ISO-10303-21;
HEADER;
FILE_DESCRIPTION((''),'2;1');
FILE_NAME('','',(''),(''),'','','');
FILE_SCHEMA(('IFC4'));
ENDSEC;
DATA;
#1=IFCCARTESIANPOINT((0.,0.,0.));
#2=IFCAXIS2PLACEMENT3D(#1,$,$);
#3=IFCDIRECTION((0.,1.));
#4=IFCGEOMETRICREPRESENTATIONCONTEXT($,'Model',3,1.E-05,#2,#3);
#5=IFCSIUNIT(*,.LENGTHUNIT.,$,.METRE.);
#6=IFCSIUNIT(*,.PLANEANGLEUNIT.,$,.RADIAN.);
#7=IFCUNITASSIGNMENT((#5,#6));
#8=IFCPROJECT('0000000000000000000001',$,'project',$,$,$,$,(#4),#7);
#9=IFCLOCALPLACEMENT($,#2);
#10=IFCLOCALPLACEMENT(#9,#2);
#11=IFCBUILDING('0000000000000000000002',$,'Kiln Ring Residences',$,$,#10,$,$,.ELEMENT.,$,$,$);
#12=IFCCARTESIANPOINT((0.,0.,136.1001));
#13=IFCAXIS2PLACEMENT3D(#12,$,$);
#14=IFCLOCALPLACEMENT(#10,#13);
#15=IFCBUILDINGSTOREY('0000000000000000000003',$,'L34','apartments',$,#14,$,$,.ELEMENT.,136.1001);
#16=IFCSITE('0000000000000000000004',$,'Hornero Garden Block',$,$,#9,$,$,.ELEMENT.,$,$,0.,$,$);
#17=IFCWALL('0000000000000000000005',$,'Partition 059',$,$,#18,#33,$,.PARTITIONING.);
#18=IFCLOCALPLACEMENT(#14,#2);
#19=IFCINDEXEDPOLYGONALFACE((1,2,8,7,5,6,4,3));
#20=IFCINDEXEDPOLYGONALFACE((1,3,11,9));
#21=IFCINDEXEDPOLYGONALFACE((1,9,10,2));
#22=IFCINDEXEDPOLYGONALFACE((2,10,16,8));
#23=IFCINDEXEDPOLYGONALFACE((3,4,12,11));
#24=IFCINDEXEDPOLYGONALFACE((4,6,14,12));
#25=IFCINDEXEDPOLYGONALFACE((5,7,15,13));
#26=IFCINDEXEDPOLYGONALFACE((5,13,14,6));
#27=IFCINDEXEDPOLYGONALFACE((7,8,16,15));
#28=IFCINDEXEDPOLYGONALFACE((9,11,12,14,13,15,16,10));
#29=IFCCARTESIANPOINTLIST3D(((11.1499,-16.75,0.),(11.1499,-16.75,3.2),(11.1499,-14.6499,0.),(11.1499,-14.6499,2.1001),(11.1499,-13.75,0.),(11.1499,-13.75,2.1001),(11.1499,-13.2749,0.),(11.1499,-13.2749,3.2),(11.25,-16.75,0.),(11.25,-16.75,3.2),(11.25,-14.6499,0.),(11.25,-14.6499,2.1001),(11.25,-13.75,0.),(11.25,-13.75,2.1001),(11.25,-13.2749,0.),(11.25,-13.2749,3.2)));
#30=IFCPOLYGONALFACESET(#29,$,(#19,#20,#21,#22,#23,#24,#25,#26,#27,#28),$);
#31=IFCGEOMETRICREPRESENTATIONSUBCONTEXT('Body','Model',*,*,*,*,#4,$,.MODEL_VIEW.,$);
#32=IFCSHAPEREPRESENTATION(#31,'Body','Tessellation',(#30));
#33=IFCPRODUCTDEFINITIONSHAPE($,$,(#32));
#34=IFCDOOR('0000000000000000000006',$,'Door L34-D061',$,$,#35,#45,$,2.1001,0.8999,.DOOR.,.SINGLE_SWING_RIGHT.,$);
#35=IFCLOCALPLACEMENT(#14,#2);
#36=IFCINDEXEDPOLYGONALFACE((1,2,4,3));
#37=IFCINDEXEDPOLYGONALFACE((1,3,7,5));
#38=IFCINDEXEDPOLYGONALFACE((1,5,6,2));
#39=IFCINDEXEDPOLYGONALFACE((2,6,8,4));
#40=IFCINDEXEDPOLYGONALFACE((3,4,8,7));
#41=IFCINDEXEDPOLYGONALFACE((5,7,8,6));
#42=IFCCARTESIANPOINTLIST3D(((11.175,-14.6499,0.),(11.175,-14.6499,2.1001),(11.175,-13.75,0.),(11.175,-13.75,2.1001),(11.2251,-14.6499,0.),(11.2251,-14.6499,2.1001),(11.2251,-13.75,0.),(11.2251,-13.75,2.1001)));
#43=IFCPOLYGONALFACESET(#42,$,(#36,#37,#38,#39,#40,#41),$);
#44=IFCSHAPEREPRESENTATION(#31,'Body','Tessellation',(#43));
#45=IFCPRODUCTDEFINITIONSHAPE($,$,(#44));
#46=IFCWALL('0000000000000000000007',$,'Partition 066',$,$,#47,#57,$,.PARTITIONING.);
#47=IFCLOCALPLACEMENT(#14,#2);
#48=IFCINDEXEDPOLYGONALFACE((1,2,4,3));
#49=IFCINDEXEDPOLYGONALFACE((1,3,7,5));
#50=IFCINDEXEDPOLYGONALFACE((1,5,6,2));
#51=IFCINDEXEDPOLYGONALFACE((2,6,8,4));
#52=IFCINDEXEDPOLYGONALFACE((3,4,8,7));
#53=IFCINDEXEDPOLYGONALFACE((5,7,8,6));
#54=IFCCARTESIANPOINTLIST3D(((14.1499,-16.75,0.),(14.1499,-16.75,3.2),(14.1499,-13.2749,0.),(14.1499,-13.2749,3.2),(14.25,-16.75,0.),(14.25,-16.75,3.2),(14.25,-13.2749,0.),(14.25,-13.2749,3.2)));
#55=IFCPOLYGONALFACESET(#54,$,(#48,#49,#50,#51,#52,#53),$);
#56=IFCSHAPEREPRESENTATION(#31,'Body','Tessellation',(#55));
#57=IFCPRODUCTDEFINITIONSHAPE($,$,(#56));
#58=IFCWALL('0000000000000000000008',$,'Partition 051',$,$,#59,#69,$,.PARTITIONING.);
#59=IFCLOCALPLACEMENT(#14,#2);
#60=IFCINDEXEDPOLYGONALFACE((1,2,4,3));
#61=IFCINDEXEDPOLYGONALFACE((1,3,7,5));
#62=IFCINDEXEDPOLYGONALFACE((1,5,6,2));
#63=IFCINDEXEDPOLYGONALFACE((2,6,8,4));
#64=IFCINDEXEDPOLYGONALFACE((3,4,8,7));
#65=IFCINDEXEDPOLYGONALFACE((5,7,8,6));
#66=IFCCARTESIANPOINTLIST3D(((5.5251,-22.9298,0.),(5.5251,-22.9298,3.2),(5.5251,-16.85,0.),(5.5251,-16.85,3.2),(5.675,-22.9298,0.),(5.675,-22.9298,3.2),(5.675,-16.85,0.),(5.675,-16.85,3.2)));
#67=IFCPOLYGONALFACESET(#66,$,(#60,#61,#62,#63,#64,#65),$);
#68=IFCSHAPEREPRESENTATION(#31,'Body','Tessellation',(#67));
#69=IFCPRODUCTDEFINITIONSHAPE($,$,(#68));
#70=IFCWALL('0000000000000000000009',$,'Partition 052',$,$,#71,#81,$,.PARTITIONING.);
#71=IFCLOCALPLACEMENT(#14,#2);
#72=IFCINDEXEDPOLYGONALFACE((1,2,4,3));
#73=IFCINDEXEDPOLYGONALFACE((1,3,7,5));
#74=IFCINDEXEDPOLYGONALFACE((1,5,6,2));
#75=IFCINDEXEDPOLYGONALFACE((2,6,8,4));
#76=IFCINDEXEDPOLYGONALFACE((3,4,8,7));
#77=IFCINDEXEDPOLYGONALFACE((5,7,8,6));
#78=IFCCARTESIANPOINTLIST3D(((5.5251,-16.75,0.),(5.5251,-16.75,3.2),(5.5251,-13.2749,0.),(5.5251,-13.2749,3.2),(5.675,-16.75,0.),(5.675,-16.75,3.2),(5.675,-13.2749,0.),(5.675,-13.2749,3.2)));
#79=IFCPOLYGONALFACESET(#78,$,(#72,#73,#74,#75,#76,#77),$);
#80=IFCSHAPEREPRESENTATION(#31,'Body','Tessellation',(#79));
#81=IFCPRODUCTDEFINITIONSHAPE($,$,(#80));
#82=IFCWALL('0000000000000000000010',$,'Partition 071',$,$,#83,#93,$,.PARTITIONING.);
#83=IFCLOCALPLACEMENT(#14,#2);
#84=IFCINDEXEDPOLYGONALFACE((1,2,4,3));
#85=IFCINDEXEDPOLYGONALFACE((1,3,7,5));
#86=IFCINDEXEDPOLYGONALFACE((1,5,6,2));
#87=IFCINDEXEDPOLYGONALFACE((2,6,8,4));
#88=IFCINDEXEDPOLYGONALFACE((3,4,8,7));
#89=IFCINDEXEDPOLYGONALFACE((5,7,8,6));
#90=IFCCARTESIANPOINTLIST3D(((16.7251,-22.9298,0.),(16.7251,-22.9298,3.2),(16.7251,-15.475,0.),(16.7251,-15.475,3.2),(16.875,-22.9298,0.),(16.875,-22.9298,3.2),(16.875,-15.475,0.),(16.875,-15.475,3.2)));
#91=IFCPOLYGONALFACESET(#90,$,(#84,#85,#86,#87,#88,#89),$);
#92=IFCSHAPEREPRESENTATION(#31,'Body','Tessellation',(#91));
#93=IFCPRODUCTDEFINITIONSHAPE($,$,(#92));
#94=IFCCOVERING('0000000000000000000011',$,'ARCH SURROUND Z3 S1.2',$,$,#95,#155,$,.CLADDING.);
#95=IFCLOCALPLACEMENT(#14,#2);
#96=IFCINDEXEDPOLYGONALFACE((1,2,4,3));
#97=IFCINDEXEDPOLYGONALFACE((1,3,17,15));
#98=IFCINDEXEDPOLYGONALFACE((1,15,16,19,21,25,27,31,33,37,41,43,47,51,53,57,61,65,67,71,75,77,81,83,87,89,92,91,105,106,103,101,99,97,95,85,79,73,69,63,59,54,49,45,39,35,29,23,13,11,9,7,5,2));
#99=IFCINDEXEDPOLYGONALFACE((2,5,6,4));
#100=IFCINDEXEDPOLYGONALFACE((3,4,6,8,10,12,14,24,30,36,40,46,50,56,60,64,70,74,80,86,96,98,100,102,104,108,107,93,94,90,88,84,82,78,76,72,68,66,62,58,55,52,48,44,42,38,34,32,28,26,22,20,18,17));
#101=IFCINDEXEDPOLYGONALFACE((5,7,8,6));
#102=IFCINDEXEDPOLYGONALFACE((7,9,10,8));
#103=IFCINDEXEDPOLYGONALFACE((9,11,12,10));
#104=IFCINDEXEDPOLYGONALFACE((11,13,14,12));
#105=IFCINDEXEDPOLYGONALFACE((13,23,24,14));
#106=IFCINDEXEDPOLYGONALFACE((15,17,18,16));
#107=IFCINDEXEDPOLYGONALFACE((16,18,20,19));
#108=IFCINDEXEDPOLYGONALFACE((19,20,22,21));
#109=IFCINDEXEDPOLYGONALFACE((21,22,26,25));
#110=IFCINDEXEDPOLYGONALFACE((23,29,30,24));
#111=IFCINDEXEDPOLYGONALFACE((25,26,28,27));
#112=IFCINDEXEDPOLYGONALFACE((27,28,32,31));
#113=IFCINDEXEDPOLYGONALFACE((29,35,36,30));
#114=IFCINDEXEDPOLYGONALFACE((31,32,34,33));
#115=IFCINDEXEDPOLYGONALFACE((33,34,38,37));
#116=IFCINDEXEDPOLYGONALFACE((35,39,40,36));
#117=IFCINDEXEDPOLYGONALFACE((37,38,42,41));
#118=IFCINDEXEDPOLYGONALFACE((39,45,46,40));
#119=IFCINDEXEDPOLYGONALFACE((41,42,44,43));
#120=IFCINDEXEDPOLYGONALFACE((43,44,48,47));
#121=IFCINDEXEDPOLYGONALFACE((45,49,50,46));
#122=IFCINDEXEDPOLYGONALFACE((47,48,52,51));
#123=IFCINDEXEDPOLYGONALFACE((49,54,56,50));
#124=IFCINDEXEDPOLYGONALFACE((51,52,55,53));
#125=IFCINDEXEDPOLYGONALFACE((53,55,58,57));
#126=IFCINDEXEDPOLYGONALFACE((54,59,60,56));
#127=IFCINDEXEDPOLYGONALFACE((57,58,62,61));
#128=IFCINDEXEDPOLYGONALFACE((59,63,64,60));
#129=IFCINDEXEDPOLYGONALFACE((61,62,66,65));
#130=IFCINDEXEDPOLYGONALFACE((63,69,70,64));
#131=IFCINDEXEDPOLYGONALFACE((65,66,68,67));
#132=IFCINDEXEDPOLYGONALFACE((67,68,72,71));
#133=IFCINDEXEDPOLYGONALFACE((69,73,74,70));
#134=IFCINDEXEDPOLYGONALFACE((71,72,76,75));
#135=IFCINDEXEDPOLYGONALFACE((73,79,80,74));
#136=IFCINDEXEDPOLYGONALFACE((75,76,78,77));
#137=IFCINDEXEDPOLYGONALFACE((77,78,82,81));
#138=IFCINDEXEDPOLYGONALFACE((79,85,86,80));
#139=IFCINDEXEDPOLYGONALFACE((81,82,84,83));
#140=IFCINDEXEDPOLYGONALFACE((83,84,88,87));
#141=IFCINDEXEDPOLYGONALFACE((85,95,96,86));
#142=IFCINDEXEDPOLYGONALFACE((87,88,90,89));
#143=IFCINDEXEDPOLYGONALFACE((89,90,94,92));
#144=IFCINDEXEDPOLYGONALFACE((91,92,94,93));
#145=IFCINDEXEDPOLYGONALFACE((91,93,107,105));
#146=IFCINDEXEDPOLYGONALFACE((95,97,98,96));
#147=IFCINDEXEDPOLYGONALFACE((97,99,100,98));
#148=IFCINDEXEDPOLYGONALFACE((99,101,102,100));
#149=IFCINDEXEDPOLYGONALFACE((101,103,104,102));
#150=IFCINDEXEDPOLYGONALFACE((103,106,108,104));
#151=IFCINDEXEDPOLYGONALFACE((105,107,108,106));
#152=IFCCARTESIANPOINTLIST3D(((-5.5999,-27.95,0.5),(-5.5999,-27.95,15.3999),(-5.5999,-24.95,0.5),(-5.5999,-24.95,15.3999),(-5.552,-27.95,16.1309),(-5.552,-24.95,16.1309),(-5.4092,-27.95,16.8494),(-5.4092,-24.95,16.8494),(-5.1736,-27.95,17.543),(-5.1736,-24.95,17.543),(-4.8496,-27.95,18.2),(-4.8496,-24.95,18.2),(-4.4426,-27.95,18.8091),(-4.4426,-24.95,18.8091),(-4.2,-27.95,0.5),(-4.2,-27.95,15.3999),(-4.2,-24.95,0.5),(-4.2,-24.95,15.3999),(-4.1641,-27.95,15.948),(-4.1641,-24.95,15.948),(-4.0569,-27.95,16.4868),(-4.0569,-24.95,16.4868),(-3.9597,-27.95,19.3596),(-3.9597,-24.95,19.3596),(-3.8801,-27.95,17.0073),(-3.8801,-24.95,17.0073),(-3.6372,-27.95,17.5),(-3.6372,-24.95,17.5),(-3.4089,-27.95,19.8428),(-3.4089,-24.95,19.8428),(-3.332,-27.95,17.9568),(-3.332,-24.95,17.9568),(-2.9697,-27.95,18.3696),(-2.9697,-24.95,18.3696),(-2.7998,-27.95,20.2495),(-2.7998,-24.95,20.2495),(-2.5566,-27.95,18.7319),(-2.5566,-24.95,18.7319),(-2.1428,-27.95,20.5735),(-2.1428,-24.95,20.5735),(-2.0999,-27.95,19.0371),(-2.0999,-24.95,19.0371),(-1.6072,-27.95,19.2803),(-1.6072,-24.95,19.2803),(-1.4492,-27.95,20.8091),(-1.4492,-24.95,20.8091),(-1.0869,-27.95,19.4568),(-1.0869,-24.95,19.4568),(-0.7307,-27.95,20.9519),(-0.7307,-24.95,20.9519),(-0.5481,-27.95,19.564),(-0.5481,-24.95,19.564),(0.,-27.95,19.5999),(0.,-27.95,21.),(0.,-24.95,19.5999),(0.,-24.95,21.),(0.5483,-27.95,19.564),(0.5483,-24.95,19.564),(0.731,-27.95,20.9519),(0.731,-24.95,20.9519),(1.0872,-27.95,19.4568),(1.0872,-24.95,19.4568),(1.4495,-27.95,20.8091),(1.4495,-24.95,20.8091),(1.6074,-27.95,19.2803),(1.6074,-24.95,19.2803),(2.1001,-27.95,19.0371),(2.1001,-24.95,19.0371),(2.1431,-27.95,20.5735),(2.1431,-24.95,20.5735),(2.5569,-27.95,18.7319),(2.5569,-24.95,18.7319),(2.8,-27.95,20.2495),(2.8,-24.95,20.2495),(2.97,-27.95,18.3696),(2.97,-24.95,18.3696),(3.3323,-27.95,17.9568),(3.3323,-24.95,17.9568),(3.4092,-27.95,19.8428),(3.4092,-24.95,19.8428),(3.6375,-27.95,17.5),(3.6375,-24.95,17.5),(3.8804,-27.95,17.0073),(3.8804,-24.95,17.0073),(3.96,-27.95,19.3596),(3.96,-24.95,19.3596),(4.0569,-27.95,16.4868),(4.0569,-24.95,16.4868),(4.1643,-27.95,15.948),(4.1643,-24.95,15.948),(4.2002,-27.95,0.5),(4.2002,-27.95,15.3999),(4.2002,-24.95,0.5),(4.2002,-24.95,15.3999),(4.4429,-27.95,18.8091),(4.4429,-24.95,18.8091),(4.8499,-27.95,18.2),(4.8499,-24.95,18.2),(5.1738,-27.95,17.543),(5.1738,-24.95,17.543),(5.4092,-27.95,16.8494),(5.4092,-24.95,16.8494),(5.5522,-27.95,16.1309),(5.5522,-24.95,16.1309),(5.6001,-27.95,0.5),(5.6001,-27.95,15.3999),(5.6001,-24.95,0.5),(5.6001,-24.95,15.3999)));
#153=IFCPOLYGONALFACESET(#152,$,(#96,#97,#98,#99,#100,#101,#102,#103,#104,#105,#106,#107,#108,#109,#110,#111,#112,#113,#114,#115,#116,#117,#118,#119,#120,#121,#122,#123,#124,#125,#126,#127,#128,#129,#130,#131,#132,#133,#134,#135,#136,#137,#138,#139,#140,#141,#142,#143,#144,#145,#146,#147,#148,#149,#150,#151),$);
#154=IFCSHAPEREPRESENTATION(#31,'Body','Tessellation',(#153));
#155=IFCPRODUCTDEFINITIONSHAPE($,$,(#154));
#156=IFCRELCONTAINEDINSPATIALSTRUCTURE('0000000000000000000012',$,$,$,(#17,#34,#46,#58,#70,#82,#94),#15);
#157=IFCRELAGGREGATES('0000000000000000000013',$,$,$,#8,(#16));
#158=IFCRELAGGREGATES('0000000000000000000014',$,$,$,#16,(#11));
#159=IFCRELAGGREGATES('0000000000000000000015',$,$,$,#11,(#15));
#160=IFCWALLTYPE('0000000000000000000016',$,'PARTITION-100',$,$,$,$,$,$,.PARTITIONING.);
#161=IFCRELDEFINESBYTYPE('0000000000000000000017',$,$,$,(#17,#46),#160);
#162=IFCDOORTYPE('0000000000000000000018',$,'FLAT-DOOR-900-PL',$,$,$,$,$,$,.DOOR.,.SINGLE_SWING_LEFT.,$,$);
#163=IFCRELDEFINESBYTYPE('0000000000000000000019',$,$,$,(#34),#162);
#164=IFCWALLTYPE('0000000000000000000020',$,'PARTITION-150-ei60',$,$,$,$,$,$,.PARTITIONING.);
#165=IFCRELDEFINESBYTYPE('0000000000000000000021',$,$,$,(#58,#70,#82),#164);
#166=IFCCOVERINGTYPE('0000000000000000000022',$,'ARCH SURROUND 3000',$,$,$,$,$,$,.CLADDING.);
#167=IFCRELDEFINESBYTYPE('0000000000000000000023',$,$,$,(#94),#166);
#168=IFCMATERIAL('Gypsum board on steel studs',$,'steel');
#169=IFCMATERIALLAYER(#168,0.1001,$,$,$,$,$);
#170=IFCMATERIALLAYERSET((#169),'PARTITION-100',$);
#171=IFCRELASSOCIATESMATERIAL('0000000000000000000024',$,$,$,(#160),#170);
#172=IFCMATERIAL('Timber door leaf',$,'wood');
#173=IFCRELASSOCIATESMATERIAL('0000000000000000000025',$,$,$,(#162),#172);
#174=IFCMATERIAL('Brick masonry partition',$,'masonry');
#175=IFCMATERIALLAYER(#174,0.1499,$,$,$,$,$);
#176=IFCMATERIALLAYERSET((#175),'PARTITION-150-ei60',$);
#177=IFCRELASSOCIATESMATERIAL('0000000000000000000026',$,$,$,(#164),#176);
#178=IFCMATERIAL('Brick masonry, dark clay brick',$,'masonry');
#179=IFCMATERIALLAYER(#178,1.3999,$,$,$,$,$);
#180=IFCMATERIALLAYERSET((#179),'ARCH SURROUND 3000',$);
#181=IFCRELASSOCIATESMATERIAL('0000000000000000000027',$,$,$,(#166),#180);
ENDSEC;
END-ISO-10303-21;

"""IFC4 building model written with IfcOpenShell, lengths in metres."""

from ifc_helpers import new_model, si_unit, direction, frame, frame_2d, origin, place, context, subcontext, project, spatial, polyline, rectangle, outline, extrude, material, layer, layer_set, type_object, element, fill, save


model = new_model("IFC4")

# Units and contexts
model_context = context("Model", 3, precision=1e-05, world=origin(), true_north=direction((0.0, 1.0)))
body_context = subcontext(model_context, "Body", "Model", "MODEL_VIEW")
ifc_project = project(units=[si_unit("LENGTHUNIT", "METRE"), si_unit("PLANEANGLEUNIT", "RADIAN")], contexts=[model_context])

# Site, building, storey
site_placement = place(None, origin())
site = spatial("IfcSite", under=ifc_project, at=site_placement, Name="Hornero Garden Block", CompositionType="ELEMENT", RefElevation=0.0)
building_placement = place(site_placement, origin())
building = spatial("IfcBuilding", under=site, at=building_placement, Name="Kiln Ring Residences", CompositionType="ELEMENT")
storey_placement = place(building_placement, frame((0.0, 0.0, 136.1001)))
storey = spatial("IfcBuildingStorey", under=building, at=storey_placement, Name="L34", Description="apartments", CompositionType="ELEMENT", Elevation=136.1001)

# Shared definitions
ifc_material_1 = material(Name="Gypsum board on steel studs", Category="steel")
ifc_layer_1 = layer(ifc_material_1, 0.1001)
ifc_layer_set_1 = layer_set([ifc_layer_1], Name="PARTITION-100")
wall_type_1 = type_object("IfcWallType", Name="PARTITION-100", PredefinedType="PARTITIONING", material=ifc_layer_set_1)

# Shared definitions
ifc_material_2 = material(Name="Timber door leaf", Category="wood")
door_type = type_object("IfcDoorType", Name="FLAT-DOOR-900-PL", OperationType="SINGLE_SWING_LEFT", PredefinedType="DOOR", material=ifc_material_2)

# Wall, opening, door
wall_1_placement = place(storey_placement, frame((11.2, -16.75, 0.0), z_axis=(0.0, 0.0, 1.0), x_axis=(0.0, 1.0, 0.0)))
wall_1 = element("IfcWall", 1, at=wall_1_placement, inside=storey, type_object=wall_type_1, Name="Partition 059", PredefinedType="PARTITIONING", context=body_context, shape_type="SweptSolid", body=[
    extrude(rectangle(XDim=3.4751, YDim=0.1001, at=frame_2d((1.7375, 0.0))), origin(), (0.0, 0.0, 1.0), 3.2),
])
opening_1_placement = place(wall_1_placement, frame((2.1001, 0.0, 0.0)))
opening_1 = element("IfcOpeningElement", 2, at=opening_1_placement, cuts=wall_1, PredefinedType="OPENING", context=body_context, shape_type="SweptSolid", body=[
    extrude(rectangle(XDim=0.8999, YDim=2.1001, at=frame_2d((0.45, 1.05))), frame((0.0, 0.0601, 0.0), z_axis=(0.0, -1.0, 0.0), x_axis=(1.0, 0.0, 0.0)), (0.0, 0.0, 1.0), 0.1201),
])
door_1_placement = place(opening_1_placement, origin())
door_1 = element("IfcDoor", 3, at=door_1_placement, inside=storey, type_object=door_type, Name="Door L34-D061", OperationType="SINGLE_SWING_RIGHT", OverallHeight=2.1001, OverallWidth=0.8999, PredefinedType="DOOR", context=body_context, shape_type="SweptSolid", body=[
    extrude(rectangle(XDim=0.8999, YDim=2.1001, at=frame_2d((0.45, 1.05))), frame((0.0, 0.0249, 0.0), z_axis=(0.0, -1.0, 0.0), x_axis=(1.0, 0.0, 0.0)), (0.0, 0.0, 1.0), 0.05),
])
fill(opening_1, door_1)

# Walls
wall_2_placement = place(storey_placement, frame((14.2, -16.75, 0.0), z_axis=(0.0, 0.0, 1.0), x_axis=(0.0, 1.0, 0.0)))
element("IfcWall", 4, at=wall_2_placement, inside=storey, type_object=wall_type_1, Name="Partition 066", PredefinedType="PARTITIONING", context=body_context, shape_type="SweptSolid", body=[
    extrude(rectangle(XDim=3.4751, YDim=0.1001, at=frame_2d((1.7375, 0.0))), origin(), (0.0, 0.0, 1.0), 3.2),
])
ifc_material_3 = material(Name="Brick masonry partition", Category="masonry")
ifc_layer_2 = layer(ifc_material_3, 0.1499)
ifc_layer_set_2 = layer_set([ifc_layer_2], Name="PARTITION-150-ei60")
wall_type_2 = type_object("IfcWallType", Name="PARTITION-150-ei60", PredefinedType="PARTITIONING", material=ifc_layer_set_2)
wall_3_placement = place(storey_placement, frame((5.6001, -22.9299, 0.0), z_axis=(0.0, 0.0, 1.0), x_axis=(0.0, 1.0, 0.0)))
element("IfcWall", 5, at=wall_3_placement, inside=storey, type_object=wall_type_2, Name="Partition 051", PredefinedType="PARTITIONING", context=body_context, shape_type="SweptSolid", body=[
    extrude(rectangle(XDim=6.0798, YDim=0.1499, at=frame_2d((3.04, 0.0))), origin(), (0.0, 0.0, 1.0), 3.2),
])
wall_4_placement = place(storey_placement, frame((5.6001, -16.75, 0.0), z_axis=(0.0, 0.0, 1.0), x_axis=(0.0, 1.0, 0.0)))
element("IfcWall", 6, at=wall_4_placement, inside=storey, type_object=wall_type_2, Name="Partition 052", PredefinedType="PARTITIONING", context=body_context, shape_type="SweptSolid", body=[
    extrude(rectangle(XDim=3.4751, YDim=0.1499, at=frame_2d((1.7375, 0.0))), origin(), (0.0, 0.0, 1.0), 3.2),
])
wall_5_placement = place(storey_placement, frame((16.8, -22.9299, 0.0), z_axis=(0.0, 0.0, 1.0), x_axis=(0.0, 1.0, 0.0)))
element("IfcWall", 7, at=wall_5_placement, inside=storey, type_object=wall_type_2, Name="Partition 071", PredefinedType="PARTITIONING", context=body_context, shape_type="SweptSolid", body=[
    extrude(rectangle(XDim=7.4548, YDim=0.1499, at=frame_2d((3.7275, 0.0))), origin(), (0.0, 0.0, 1.0), 3.2),
])

# Covering
ifc_material_4 = material(Name="Brick masonry, dark clay brick", Category="masonry")
ifc_layer_3 = layer(ifc_material_4, 1.3999)
ifc_layer_set_3 = layer_set([ifc_layer_3], Name="ARCH SURROUND 3000")
covering_type = type_object("IfcCoveringType", Name="ARCH SURROUND 3000", PredefinedType="CLADDING", material=ifc_layer_set_3)
covering_1_placement = place(storey_placement, frame((5.6001, -26.45, 0.5), z_axis=(0.0, 0.0, 1.0), x_axis=(-1.0, 0.0, 0.0)))
element("IfcCovering", 8, at=covering_1_placement, inside=storey, type_object=covering_type, Name="ARCH SURROUND Z3 S1.2", PredefinedType="CLADDING", context=body_context, shape_type="SweptSolid", body=[
    extrude(outline(polyline([(11.2, 0.0), (11.2, 14.8999), (11.1521, 15.6309), (11.0093, 16.3494), (10.7737, 17.043), (10.4497, 17.7), (10.0427, 18.3091), (9.5598, 18.8596), (9.009, 19.3428), (8.3999, 19.7495), (7.7429, 20.0735), (7.0493, 20.3091), (6.3308, 20.4519), (5.6001, 20.5), (4.8691, 20.4519), (4.1506, 20.3091), (3.457, 20.0735), (2.8, 19.7495), (2.1909, 19.3428), (1.6401, 18.8596), (1.1572, 18.3091), (0.7502, 17.7), (0.4263, 17.043), (0.1909, 16.3494), (0.0479, 15.6309), (0.0, 14.8999), (0.0, 0.0), (1.3999, 0.0), (1.3999, 14.8999), (1.4358, 15.448), (1.5432, 15.9868), (1.7197, 16.5073), (1.9626, 17.0), (2.2678, 17.4568), (2.6301, 17.8696), (3.0432, 18.2319), (3.5, 18.5371), (3.9927, 18.7803), (4.5129, 18.9568), (5.0518, 19.064), (5.6001, 19.0999), (6.1482, 19.064), (6.687, 18.9568), (7.2073, 18.7803), (7.7, 18.5371), (8.1567, 18.2319), (8.5698, 17.8696), (8.9321, 17.4568), (9.2373, 17.0), (9.4802, 16.5073), (9.657, 15.9868), (9.7642, 15.448), (9.8, 14.8999), (9.8, 0.0), (11.2, 0.0)])), frame((0.0, 1.5, 0.0), z_axis=(0.0, -1.0, 0.0), x_axis=(1.0, 0.0, 0.0)), (0.0, 0.0, 1.0), 3.0),
])

save(model, "model.ifc")
